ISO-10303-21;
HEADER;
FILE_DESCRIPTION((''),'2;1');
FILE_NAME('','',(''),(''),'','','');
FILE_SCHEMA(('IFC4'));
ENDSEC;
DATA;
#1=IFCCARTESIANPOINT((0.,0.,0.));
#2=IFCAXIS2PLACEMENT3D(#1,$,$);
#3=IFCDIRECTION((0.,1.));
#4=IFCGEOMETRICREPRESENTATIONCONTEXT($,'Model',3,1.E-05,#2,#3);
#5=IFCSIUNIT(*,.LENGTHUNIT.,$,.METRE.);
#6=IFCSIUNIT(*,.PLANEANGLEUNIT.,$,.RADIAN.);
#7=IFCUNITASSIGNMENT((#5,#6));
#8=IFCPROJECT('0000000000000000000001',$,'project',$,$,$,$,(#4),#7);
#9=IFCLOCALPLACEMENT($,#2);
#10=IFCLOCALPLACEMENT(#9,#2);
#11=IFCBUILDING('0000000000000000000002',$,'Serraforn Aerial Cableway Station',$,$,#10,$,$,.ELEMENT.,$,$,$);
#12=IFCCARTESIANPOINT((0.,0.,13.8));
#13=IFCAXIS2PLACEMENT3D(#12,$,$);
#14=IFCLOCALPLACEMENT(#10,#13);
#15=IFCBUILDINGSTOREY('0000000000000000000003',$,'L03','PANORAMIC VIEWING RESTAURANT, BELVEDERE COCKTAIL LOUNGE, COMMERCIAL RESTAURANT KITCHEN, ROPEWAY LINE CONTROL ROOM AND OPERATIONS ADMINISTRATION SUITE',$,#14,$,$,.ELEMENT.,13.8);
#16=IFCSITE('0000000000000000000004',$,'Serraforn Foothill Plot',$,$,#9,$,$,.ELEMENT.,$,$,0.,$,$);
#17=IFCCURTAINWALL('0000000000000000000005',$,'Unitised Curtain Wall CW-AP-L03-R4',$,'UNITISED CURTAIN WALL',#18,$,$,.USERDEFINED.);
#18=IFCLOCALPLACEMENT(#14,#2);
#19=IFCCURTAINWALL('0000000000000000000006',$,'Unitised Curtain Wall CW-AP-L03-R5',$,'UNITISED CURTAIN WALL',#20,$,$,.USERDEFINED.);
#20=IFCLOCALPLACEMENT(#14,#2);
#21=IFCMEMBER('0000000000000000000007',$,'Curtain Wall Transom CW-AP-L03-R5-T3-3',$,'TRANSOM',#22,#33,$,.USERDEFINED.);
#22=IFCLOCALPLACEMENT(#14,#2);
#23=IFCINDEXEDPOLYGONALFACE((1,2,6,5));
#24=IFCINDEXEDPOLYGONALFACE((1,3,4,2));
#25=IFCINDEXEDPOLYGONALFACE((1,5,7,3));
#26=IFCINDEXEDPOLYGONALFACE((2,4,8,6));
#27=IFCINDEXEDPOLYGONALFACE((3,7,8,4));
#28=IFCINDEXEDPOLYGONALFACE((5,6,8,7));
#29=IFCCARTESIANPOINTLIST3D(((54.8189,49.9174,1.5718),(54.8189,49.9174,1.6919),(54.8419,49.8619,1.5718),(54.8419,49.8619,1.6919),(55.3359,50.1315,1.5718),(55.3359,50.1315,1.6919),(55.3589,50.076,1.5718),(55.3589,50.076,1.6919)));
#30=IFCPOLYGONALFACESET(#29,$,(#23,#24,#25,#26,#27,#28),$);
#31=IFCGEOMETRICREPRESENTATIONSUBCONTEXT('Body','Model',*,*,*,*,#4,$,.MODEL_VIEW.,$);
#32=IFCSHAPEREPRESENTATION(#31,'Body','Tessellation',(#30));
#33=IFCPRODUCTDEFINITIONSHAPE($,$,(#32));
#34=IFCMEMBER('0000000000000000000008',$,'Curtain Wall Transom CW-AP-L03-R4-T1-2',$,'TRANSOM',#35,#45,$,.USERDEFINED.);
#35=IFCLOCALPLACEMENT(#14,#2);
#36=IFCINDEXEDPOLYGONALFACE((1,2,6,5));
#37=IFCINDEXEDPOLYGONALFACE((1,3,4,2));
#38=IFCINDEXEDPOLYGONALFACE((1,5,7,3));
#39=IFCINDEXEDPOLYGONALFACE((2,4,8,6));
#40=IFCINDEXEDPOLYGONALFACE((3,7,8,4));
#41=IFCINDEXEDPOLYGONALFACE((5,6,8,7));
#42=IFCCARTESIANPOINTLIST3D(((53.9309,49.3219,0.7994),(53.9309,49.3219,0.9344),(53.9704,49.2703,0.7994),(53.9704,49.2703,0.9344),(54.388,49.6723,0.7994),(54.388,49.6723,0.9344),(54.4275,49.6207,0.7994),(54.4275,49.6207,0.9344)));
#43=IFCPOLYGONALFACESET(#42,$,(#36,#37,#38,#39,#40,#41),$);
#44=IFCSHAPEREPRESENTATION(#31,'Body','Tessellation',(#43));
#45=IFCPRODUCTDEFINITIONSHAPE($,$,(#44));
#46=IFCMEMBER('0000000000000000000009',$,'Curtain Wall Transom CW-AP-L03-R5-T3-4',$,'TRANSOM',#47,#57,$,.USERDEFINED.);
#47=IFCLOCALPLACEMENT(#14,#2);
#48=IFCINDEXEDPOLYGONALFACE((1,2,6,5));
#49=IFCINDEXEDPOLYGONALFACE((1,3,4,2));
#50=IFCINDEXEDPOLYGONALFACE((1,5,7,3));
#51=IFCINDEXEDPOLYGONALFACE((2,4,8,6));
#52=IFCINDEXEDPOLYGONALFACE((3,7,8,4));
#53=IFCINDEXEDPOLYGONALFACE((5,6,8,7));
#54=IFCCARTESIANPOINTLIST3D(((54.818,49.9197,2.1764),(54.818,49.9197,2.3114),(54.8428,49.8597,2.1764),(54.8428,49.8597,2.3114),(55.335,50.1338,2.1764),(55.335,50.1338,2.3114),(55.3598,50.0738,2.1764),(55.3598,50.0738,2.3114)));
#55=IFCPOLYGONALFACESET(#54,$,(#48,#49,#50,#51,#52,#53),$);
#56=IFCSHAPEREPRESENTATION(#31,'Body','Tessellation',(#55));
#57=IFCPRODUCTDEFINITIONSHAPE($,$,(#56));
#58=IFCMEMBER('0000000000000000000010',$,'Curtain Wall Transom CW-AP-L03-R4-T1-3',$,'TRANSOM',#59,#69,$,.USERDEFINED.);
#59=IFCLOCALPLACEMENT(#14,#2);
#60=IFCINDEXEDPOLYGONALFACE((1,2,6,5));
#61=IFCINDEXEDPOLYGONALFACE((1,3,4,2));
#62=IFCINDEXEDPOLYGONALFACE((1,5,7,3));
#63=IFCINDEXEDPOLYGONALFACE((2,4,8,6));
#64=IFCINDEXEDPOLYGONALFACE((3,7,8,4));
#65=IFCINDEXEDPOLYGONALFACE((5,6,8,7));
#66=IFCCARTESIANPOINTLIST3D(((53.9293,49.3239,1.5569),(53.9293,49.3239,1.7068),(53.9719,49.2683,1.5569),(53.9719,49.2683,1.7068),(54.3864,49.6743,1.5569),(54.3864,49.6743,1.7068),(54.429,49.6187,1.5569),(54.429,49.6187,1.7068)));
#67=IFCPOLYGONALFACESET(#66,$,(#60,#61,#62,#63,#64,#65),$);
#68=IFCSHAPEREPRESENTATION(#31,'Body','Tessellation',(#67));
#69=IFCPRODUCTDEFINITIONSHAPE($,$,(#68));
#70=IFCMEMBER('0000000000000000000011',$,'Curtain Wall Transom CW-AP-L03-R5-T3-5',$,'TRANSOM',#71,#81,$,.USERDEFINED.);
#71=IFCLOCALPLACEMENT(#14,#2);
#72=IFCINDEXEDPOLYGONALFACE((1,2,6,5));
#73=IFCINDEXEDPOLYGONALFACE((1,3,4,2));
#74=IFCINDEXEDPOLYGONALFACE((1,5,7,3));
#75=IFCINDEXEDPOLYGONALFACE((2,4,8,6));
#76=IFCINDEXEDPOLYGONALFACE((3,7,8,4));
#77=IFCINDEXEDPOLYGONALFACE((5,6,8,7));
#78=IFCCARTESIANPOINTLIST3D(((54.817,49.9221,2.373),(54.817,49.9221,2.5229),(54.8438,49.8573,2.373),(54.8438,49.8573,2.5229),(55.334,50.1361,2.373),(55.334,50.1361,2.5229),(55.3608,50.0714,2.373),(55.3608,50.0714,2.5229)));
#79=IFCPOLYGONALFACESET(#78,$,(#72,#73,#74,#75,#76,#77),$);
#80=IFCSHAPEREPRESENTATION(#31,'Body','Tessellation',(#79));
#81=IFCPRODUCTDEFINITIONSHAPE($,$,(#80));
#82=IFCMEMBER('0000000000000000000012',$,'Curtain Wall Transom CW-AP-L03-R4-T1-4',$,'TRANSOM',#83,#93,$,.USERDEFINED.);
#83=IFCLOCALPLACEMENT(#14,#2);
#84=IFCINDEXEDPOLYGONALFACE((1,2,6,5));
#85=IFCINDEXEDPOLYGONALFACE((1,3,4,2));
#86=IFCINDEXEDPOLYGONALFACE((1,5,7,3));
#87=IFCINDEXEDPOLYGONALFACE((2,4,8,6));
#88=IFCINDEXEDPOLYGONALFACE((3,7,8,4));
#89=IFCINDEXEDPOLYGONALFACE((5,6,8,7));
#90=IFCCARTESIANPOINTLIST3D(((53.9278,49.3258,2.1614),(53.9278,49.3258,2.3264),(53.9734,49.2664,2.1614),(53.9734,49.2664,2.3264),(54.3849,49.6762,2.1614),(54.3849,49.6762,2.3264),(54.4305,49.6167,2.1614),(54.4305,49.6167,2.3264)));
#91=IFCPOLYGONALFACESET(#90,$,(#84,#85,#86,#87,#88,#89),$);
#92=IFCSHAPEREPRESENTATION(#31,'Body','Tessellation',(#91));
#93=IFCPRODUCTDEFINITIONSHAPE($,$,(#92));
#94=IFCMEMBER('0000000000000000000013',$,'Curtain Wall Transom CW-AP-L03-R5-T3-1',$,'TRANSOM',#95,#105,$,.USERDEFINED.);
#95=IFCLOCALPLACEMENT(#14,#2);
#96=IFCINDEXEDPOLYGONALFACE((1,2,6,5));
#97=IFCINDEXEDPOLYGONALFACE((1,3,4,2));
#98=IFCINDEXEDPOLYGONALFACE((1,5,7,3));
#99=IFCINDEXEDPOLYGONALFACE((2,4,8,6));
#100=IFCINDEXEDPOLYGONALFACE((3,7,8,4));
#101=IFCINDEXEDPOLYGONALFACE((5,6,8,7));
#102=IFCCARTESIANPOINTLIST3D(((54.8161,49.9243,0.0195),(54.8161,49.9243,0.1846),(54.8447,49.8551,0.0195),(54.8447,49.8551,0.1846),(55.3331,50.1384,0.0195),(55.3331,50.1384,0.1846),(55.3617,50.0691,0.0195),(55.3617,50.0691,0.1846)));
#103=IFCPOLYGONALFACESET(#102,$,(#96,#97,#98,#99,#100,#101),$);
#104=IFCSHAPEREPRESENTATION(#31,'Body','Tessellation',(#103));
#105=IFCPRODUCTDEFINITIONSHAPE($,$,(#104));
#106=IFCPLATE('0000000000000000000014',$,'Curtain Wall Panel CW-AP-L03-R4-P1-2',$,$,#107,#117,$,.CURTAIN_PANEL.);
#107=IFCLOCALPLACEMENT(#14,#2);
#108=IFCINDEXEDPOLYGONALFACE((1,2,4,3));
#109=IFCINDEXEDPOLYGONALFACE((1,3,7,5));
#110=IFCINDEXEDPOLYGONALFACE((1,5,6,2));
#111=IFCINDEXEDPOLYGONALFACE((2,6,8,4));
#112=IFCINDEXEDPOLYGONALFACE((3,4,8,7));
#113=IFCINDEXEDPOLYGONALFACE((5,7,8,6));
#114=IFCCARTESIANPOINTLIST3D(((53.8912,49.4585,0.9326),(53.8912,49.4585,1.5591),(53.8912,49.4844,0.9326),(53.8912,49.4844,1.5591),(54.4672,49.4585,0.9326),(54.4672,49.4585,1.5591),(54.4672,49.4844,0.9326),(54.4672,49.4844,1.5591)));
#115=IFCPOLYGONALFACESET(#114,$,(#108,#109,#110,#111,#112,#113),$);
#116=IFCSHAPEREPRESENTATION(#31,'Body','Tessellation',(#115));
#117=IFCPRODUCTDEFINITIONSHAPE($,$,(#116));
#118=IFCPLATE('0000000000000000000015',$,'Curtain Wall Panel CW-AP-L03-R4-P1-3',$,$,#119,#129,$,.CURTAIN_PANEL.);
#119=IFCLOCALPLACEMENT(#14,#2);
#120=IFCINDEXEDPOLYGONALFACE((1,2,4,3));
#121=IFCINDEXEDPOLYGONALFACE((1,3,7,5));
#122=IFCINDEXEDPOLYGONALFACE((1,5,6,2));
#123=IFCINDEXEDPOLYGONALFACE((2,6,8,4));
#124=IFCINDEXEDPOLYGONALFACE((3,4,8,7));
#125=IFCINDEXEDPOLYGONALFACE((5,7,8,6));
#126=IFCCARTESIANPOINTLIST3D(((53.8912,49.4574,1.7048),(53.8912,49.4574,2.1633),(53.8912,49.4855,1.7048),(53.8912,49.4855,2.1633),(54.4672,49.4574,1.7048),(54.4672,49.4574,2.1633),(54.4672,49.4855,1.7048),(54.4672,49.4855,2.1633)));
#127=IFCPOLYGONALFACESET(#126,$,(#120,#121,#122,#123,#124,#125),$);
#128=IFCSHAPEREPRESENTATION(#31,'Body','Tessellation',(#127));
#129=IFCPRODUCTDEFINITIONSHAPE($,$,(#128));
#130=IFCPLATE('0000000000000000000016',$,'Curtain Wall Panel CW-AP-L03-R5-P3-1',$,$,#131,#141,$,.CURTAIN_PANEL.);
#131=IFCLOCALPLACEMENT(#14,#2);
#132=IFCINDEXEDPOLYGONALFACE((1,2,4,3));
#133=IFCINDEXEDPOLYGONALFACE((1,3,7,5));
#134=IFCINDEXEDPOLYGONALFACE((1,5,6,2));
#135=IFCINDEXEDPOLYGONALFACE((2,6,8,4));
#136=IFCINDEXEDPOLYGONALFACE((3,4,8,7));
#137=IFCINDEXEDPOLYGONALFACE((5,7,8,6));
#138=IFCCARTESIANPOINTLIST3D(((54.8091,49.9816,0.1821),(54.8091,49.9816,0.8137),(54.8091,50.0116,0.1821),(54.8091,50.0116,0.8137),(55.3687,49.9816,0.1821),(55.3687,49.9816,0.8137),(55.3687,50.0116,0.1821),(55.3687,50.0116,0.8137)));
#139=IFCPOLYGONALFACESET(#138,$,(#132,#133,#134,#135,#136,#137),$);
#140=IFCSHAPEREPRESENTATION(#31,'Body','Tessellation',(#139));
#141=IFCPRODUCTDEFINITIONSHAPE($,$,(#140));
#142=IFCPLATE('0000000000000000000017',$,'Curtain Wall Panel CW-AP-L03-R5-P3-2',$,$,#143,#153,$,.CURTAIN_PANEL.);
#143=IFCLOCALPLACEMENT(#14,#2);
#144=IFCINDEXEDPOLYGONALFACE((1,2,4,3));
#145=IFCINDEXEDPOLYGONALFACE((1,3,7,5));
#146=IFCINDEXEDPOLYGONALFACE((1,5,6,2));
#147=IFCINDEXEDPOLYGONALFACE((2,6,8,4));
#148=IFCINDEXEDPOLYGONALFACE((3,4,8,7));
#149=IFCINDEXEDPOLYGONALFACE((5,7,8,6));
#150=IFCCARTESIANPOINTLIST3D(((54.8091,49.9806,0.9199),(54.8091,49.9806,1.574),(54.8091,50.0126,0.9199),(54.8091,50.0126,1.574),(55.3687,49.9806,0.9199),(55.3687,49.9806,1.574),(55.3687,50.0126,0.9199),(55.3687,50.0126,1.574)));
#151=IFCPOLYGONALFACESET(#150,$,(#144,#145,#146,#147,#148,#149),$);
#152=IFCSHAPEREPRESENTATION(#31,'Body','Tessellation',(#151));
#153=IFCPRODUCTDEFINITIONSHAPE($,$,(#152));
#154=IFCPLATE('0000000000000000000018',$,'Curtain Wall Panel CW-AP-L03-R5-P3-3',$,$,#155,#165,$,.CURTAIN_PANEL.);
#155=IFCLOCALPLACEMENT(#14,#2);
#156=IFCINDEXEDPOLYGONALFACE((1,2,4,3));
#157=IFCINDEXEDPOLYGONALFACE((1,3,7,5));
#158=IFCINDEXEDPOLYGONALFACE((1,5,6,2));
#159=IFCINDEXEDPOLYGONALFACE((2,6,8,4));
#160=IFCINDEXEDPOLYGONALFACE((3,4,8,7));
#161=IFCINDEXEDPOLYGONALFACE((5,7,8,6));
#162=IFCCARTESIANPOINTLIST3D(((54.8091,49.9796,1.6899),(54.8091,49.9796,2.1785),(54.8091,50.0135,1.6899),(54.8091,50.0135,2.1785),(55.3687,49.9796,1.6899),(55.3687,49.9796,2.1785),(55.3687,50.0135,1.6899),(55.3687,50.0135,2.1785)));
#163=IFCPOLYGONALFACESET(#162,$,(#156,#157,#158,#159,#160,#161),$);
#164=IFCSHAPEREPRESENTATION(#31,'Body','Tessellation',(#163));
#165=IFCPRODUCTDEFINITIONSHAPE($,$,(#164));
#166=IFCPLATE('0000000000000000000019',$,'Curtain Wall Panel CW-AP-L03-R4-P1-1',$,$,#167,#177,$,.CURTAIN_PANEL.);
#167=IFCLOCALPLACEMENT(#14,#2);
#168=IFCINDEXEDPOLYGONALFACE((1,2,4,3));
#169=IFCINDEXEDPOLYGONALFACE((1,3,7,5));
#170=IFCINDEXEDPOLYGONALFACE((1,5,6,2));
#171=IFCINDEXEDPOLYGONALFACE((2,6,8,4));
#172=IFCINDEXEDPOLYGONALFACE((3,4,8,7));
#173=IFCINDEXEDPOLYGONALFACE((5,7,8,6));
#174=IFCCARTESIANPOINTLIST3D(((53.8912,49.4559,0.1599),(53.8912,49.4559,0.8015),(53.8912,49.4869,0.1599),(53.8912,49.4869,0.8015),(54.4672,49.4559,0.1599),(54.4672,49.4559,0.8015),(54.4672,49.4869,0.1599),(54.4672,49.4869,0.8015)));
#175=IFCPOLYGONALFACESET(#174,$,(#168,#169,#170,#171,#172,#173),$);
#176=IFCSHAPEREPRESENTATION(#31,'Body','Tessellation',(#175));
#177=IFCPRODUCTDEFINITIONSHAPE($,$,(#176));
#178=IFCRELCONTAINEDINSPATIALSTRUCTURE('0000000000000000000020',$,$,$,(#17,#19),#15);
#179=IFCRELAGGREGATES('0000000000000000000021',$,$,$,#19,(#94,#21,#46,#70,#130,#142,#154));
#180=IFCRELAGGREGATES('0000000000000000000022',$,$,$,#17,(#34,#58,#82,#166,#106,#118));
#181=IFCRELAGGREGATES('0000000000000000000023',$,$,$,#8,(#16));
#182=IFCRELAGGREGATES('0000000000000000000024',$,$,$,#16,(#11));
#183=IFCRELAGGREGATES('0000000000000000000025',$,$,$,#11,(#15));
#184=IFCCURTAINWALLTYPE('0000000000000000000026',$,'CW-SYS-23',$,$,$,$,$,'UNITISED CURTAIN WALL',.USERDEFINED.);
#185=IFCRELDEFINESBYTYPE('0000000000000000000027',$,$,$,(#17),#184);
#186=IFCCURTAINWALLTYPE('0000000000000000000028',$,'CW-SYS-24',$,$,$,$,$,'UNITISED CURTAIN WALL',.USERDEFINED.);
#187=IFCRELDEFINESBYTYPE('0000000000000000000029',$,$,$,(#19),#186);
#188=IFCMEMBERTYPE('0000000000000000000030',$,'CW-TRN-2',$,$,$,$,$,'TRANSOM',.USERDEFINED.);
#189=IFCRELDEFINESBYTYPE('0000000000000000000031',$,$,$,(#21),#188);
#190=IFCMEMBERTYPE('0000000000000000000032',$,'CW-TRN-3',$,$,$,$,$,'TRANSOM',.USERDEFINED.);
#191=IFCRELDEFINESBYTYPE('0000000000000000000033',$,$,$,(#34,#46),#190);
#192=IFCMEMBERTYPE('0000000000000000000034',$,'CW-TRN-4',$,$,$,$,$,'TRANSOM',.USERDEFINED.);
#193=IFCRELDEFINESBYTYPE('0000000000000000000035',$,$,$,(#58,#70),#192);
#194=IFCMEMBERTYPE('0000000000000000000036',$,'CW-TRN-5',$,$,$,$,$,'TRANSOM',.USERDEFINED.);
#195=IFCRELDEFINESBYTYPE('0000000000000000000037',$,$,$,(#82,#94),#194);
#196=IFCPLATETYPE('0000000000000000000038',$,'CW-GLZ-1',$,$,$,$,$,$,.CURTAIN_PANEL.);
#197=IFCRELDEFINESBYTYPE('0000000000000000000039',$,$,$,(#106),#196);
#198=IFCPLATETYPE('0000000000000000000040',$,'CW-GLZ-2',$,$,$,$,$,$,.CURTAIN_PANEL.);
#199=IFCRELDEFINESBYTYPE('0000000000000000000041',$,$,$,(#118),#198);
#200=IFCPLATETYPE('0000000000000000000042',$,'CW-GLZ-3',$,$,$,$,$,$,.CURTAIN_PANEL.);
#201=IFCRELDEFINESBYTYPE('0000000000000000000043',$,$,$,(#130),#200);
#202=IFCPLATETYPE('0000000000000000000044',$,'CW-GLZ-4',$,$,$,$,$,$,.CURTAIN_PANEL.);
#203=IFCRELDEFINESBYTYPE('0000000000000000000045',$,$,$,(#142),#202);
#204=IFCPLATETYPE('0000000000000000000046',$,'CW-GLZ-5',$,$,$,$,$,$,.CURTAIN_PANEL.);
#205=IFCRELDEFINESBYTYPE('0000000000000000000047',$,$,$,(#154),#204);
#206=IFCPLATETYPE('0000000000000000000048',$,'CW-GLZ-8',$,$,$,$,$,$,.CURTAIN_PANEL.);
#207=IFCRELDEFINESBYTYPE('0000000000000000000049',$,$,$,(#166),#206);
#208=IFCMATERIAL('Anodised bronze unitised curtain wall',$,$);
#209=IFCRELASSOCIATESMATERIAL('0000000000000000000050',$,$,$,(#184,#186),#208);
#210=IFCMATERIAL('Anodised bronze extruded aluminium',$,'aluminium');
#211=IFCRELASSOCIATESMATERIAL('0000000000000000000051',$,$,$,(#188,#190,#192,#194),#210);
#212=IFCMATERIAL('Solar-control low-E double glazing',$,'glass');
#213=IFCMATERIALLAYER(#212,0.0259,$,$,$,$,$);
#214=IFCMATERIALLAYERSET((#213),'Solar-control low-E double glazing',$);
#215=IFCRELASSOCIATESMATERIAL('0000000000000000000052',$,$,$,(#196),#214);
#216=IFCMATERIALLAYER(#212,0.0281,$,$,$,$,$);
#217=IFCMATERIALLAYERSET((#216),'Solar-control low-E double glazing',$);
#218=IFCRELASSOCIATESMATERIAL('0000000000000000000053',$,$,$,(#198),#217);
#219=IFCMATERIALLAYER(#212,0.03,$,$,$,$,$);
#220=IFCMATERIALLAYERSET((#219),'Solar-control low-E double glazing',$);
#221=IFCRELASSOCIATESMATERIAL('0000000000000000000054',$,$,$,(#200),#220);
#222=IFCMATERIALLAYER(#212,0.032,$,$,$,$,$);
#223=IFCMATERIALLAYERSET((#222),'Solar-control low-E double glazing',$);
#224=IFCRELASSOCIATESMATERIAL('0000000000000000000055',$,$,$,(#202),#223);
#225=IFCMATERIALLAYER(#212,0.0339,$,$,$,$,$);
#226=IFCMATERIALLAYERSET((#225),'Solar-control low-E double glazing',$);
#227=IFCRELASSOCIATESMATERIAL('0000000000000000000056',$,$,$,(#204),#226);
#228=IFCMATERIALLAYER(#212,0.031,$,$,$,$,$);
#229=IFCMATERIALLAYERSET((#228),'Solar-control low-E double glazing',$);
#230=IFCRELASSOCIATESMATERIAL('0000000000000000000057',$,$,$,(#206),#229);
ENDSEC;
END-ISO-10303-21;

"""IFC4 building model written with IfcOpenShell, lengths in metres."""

from ifc_helpers import new_model, si_unit, direction, frame, origin, origin_2d, place, context, subcontext, project, spatial, rectangle, extrude, material, layer, layer_set, material_profile, profile_set, type_object, element, aggregate, save


model = new_model("IFC4")

# Units and contexts
model_context = context("Model", 3, precision=1e-05, world=origin(), true_north=direction((0.0, 1.0)))
body_context = subcontext(model_context, "Body", "Model", "MODEL_VIEW")
ifc_project = project(units=[si_unit("LENGTHUNIT", "METRE"), si_unit("PLANEANGLEUNIT", "RADIAN")], contexts=[model_context])

# Site, building, storey
site_placement = place(None, origin())
site = spatial("IfcSite", under=ifc_project, at=site_placement, Name="Serraforn Foothill Plot", CompositionType="ELEMENT", RefElevation=0.0)
building_placement = place(site_placement, origin())
building = spatial("IfcBuilding", under=site, at=building_placement, Name="Serraforn Aerial Cableway Station", CompositionType="ELEMENT")
storey_placement = place(building_placement, frame((0.0, 0.0, 13.8)))
storey = spatial("IfcBuildingStorey", under=building, at=storey_placement, Name="L03", Description="PANORAMIC VIEWING RESTAURANT, BELVEDERE COCKTAIL LOUNGE, COMMERCIAL RESTAURANT KITCHEN, ROPEWAY LINE CONTROL ROOM AND OPERATIONS ADMINISTRATION SUITE", CompositionType="ELEMENT", Elevation=13.8)

# Curtain wall
ifc_material_1 = material(Name="Anodised bronze unitised curtain wall")
curtain_wall_type_1 = type_object("IfcCurtainWallType", Name="CW-SYS-23", ElementType="UNITISED CURTAIN WALL", PredefinedType="USERDEFINED", material=ifc_material_1)
curtain_wall_1_placement = place(storey_placement, origin())
curtain_wall_1 = element("IfcCurtainWall", 1, at=curtain_wall_1_placement, inside=storey, type_object=curtain_wall_type_1, Name="Unitised Curtain Wall CW-AP-L03-R4", ObjectType="UNITISED CURTAIN WALL", PredefinedType="USERDEFINED")
ifc_material_2 = material(Name="Anodised bronze extruded aluminium", Category="aluminium")

# Curtain wall
curtain_wall_type_2 = type_object("IfcCurtainWallType", Name="CW-SYS-24", ElementType="UNITISED CURTAIN WALL", PredefinedType="USERDEFINED", material=ifc_material_1)
curtain_wall_2_placement = place(storey_placement, origin())
curtain_wall_2 = element("IfcCurtainWall", 2, at=curtain_wall_2_placement, inside=storey, type_object=curtain_wall_type_2, Name="Unitised Curtain Wall CW-AP-L03-R5", ObjectType="UNITISED CURTAIN WALL", PredefinedType="USERDEFINED")

# Members
ifc_material_profile_1 = material_profile(ifc_material_2, rectangle(XDim=0.0601, YDim=0.1201, at=origin_2d()), Name="CW TRANSOM 60x120")
ifc_profile_set_1 = profile_set([ifc_material_profile_1], Name="Anodised bronze extruded aluminium")
member_type_1 = type_object("IfcMemberType", Name="CW-TRN-2", ElementType="TRANSOM", PredefinedType="USERDEFINED", material=ifc_profile_set_1)
member_1_placement = place(storey_placement, frame((55.3474, 50.1038, 1.6318), z_axis=(-0.923926, -0.38257, 0.0), x_axis=(0.38257, -0.923926, 0.0)))
member_1 = element("IfcMember", 3, at=member_1_placement, type_object=member_type_1, Name="Curtain Wall Transom CW-AP-L03-R5-T3-3", ObjectType="TRANSOM", PredefinedType="USERDEFINED", context=body_context, shape_type="SweptSolid", body=[
    extrude(rectangle(XDim=0.0601, YDim=0.1201, at=origin_2d()), origin(), (0.0, 0.0, 1.0), 0.5596),
])
ifc_material_profile_2 = material_profile(ifc_material_2, rectangle(XDim=0.0649, YDim=0.135, at=origin_2d()), Name="CW TRANSOM 65x135")
ifc_profile_set_2 = profile_set([ifc_material_profile_2], Name="Anodised bronze extruded aluminium")
member_type_2 = type_object("IfcMemberType", Name="CW-TRN-3", ElementType="TRANSOM", PredefinedType="USERDEFINED", material=ifc_profile_set_2)
member_2_placement = place(storey_placement, frame((54.4077, 49.6465, 0.8669), z_axis=(-0.793647, -0.608378, 0.0), x_axis=(0.608378, -0.793647, 0.0)))
member_2 = element("IfcMember", 4, at=member_2_placement, type_object=member_type_2, Name="Curtain Wall Transom CW-AP-L03-R4-T1-2", ObjectType="TRANSOM", PredefinedType="USERDEFINED", context=body_context, shape_type="SweptSolid", body=[
    extrude(rectangle(XDim=0.0649, YDim=0.135, at=origin_2d()), origin(), (0.0, 0.0, 1.0), 0.5759),
])
member_3_placement = place(storey_placement, frame((55.3474, 50.1038, 2.2439), z_axis=(-0.923926, -0.38257, 0.0), x_axis=(0.38257, -0.923926, 0.0)))
member_3 = element("IfcMember", 5, at=member_3_placement, type_object=member_type_2, Name="Curtain Wall Transom CW-AP-L03-R5-T3-4", ObjectType="TRANSOM", PredefinedType="USERDEFINED", context=body_context, shape_type="SweptSolid", body=[
    extrude(rectangle(XDim=0.0649, YDim=0.135, at=origin_2d()), origin(), (0.0, 0.0, 1.0), 0.5596),
])
ifc_material_profile_3 = material_profile(ifc_material_2, rectangle(XDim=0.0701, YDim=0.1499, at=origin_2d()), Name="CW TRANSOM 70x150")
ifc_profile_set_3 = profile_set([ifc_material_profile_3], Name="Anodised bronze extruded aluminium")
member_type_3 = type_object("IfcMemberType", Name="CW-TRN-4", ElementType="TRANSOM", PredefinedType="USERDEFINED", material=ifc_profile_set_3)
member_4_placement = place(storey_placement, frame((54.4077, 49.6465, 1.6318), z_axis=(-0.793647, -0.608378, 0.0), x_axis=(0.608378, -0.793647, 0.0)))
member_4 = element("IfcMember", 6, at=member_4_placement, type_object=member_type_3, Name="Curtain Wall Transom CW-AP-L03-R4-T1-3", ObjectType="TRANSOM", PredefinedType="USERDEFINED", context=body_context, shape_type="SweptSolid", body=[
    extrude(rectangle(XDim=0.0701, YDim=0.1499, at=origin_2d()), origin(), (0.0, 0.0, 1.0), 0.5759),
])
member_5_placement = place(storey_placement, frame((55.3474, 50.1038, 2.448), z_axis=(-0.923926, -0.38257, 0.0), x_axis=(0.38257, -0.923926, 0.0)))
member_5 = element("IfcMember", 7, at=member_5_placement, type_object=member_type_3, Name="Curtain Wall Transom CW-AP-L03-R5-T3-5", ObjectType="TRANSOM", PredefinedType="USERDEFINED", context=body_context, shape_type="SweptSolid", body=[
    extrude(rectangle(XDim=0.0701, YDim=0.1499, at=origin_2d()), origin(), (0.0, 0.0, 1.0), 0.5596),
])
ifc_material_profile_4 = material_profile(ifc_material_2, rectangle(XDim=0.075, YDim=0.165, at=origin_2d()), Name="CW TRANSOM 75x165")
ifc_profile_set_4 = profile_set([ifc_material_profile_4], Name="Anodised bronze extruded aluminium")
member_type_4 = type_object("IfcMemberType", Name="CW-TRN-5", ElementType="TRANSOM", PredefinedType="USERDEFINED", material=ifc_profile_set_4)
member_6_placement = place(storey_placement, frame((54.4077, 49.6465, 2.2439), z_axis=(-0.793647, -0.608378, 0.0), x_axis=(0.608378, -0.793647, 0.0)))
member_6 = element("IfcMember", 8, at=member_6_placement, type_object=member_type_4, Name="Curtain Wall Transom CW-AP-L03-R4-T1-4", ObjectType="TRANSOM", PredefinedType="USERDEFINED", context=body_context, shape_type="SweptSolid", body=[
    extrude(rectangle(XDim=0.075, YDim=0.165, at=origin_2d()), origin(), (0.0, 0.0, 1.0), 0.5759),
])
member_7_placement = place(storey_placement, frame((55.3474, 50.1038, 0.1021), z_axis=(-0.923926, -0.38257, 0.0), x_axis=(0.38257, -0.923926, 0.0)))
member_7 = element("IfcMember", 9, at=member_7_placement, type_object=member_type_4, Name="Curtain Wall Transom CW-AP-L03-R5-T3-1", ObjectType="TRANSOM", PredefinedType="USERDEFINED", context=body_context, shape_type="SweptSolid", body=[
    extrude(rectangle(XDim=0.075, YDim=0.165, at=origin_2d()), origin(), (0.0, 0.0, 1.0), 0.5596),
])

# Plates
ifc_material_3 = material(Name="Solar-control low-E double glazing", Category="glass")
ifc_layer_1 = layer(ifc_material_3, 0.0259)
ifc_layer_set_1 = layer_set([ifc_layer_1], Name="Solar-control low-E double glazing")
plate_type_1 = type_object("IfcPlateType", Name="CW-GLZ-1", PredefinedType="CURTAIN_PANEL", material=ifc_layer_set_1)
plate_1_placement = place(storey_placement, frame((54.1792, 49.4714, 0.9326), z_axis=(0.0, 0.0, 1.0), x_axis=(1.0, 0.0, 0.0)))
plate_1 = element("IfcPlate", 10, at=plate_1_placement, type_object=plate_type_1, Name="Curtain Wall Panel CW-AP-L03-R4-P1-2", PredefinedType="CURTAIN_PANEL", context=body_context, shape_type="SweptSolid", body=[
    extrude(rectangle(XDim=0.5759, YDim=0.0259, at=origin_2d()), origin(), (0.0, 0.0, 1.0), 0.6265),
])
ifc_layer_2 = layer(ifc_material_3, 0.0281)
ifc_layer_set_2 = layer_set([ifc_layer_2], Name="Solar-control low-E double glazing")
plate_type_2 = type_object("IfcPlateType", Name="CW-GLZ-2", PredefinedType="CURTAIN_PANEL", material=ifc_layer_set_2)
plate_2_placement = place(storey_placement, frame((54.1792, 49.4714, 1.7048), z_axis=(0.0, 0.0, 1.0), x_axis=(1.0, 0.0, 0.0)))
plate_2 = element("IfcPlate", 11, at=plate_2_placement, type_object=plate_type_2, Name="Curtain Wall Panel CW-AP-L03-R4-P1-3", PredefinedType="CURTAIN_PANEL", context=body_context, shape_type="SweptSolid", body=[
    extrude(rectangle(XDim=0.5759, YDim=0.0281, at=origin_2d()), origin(), (0.0, 0.0, 1.0), 0.4585),
])
ifc_layer_3 = layer(ifc_material_3, 0.03)
ifc_layer_set_3 = layer_set([ifc_layer_3], Name="Solar-control low-E double glazing")
plate_type_3 = type_object("IfcPlateType", Name="CW-GLZ-3", PredefinedType="CURTAIN_PANEL", material=ifc_layer_set_3)
plate_3_placement = place(storey_placement, frame((55.0889, 49.9966, 0.1821), z_axis=(0.0, 0.0, 1.0), x_axis=(1.0, 0.0, 0.0)))
plate_3 = element("IfcPlate", 12, at=plate_3_placement, type_object=plate_type_3, Name="Curtain Wall Panel CW-AP-L03-R5-P3-1", PredefinedType="CURTAIN_PANEL", context=body_context, shape_type="SweptSolid", body=[
    extrude(rectangle(XDim=0.5596, YDim=0.03, at=origin_2d()), origin(), (0.0, 0.0, 1.0), 0.6316),
])
ifc_layer_4 = layer(ifc_material_3, 0.032)
ifc_layer_set_4 = layer_set([ifc_layer_4], Name="Solar-control low-E double glazing")
plate_type_4 = type_object("IfcPlateType", Name="CW-GLZ-4", PredefinedType="CURTAIN_PANEL", material=ifc_layer_set_4)
plate_4_placement = place(storey_placement, frame((55.0889, 49.9966, 0.9199), z_axis=(0.0, 0.0, 1.0), x_axis=(1.0, 0.0, 0.0)))
plate_4 = element("IfcPlate", 13, at=plate_4_placement, type_object=plate_type_4, Name="Curtain Wall Panel CW-AP-L03-R5-P3-2", PredefinedType="CURTAIN_PANEL", context=body_context, shape_type="SweptSolid", body=[
    extrude(rectangle(XDim=0.5596, YDim=0.032, at=origin_2d()), origin(), (0.0, 0.0, 1.0), 0.6541),
])
ifc_layer_5 = layer(ifc_material_3, 0.0339)
ifc_layer_set_5 = layer_set([ifc_layer_5], Name="Solar-control low-E double glazing")
plate_type_5 = type_object("IfcPlateType", Name="CW-GLZ-5", PredefinedType="CURTAIN_PANEL", material=ifc_layer_set_5)
plate_5_placement = place(storey_placement, frame((55.0889, 49.9966, 1.6899), z_axis=(0.0, 0.0, 1.0), x_axis=(1.0, 0.0, 0.0)))
plate_5 = element("IfcPlate", 14, at=plate_5_placement, type_object=plate_type_5, Name="Curtain Wall Panel CW-AP-L03-R5-P3-3", PredefinedType="CURTAIN_PANEL", context=body_context, shape_type="SweptSolid", body=[
    extrude(rectangle(XDim=0.5596, YDim=0.0339, at=origin_2d()), origin(), (0.0, 0.0, 1.0), 0.4885),
])
aggregate(curtain_wall_2, [member_7, member_1, member_3, member_5, plate_3, plate_4, plate_5])
ifc_layer_6 = layer(ifc_material_3, 0.031)
ifc_layer_set_6 = layer_set([ifc_layer_6], Name="Solar-control low-E double glazing")
plate_type_6 = type_object("IfcPlateType", Name="CW-GLZ-8", PredefinedType="CURTAIN_PANEL", material=ifc_layer_set_6)
plate_6_placement = place(storey_placement, frame((54.1792, 49.4714, 0.1599), z_axis=(0.0, 0.0, 1.0), x_axis=(1.0, 0.0, 0.0)))
plate_6 = element("IfcPlate", 15, at=plate_6_placement, type_object=plate_type_6, Name="Curtain Wall Panel CW-AP-L03-R4-P1-1", PredefinedType="CURTAIN_PANEL", context=body_context, shape_type="SweptSolid", body=[
    extrude(rectangle(XDim=0.5759, YDim=0.031, at=origin_2d()), origin(), (0.0, 0.0, 1.0), 0.6416),
])
aggregate(curtain_wall_1, [member_2, member_4, member_6, plate_6, plate_1, plate_2])

save(model, "model.ifc")
